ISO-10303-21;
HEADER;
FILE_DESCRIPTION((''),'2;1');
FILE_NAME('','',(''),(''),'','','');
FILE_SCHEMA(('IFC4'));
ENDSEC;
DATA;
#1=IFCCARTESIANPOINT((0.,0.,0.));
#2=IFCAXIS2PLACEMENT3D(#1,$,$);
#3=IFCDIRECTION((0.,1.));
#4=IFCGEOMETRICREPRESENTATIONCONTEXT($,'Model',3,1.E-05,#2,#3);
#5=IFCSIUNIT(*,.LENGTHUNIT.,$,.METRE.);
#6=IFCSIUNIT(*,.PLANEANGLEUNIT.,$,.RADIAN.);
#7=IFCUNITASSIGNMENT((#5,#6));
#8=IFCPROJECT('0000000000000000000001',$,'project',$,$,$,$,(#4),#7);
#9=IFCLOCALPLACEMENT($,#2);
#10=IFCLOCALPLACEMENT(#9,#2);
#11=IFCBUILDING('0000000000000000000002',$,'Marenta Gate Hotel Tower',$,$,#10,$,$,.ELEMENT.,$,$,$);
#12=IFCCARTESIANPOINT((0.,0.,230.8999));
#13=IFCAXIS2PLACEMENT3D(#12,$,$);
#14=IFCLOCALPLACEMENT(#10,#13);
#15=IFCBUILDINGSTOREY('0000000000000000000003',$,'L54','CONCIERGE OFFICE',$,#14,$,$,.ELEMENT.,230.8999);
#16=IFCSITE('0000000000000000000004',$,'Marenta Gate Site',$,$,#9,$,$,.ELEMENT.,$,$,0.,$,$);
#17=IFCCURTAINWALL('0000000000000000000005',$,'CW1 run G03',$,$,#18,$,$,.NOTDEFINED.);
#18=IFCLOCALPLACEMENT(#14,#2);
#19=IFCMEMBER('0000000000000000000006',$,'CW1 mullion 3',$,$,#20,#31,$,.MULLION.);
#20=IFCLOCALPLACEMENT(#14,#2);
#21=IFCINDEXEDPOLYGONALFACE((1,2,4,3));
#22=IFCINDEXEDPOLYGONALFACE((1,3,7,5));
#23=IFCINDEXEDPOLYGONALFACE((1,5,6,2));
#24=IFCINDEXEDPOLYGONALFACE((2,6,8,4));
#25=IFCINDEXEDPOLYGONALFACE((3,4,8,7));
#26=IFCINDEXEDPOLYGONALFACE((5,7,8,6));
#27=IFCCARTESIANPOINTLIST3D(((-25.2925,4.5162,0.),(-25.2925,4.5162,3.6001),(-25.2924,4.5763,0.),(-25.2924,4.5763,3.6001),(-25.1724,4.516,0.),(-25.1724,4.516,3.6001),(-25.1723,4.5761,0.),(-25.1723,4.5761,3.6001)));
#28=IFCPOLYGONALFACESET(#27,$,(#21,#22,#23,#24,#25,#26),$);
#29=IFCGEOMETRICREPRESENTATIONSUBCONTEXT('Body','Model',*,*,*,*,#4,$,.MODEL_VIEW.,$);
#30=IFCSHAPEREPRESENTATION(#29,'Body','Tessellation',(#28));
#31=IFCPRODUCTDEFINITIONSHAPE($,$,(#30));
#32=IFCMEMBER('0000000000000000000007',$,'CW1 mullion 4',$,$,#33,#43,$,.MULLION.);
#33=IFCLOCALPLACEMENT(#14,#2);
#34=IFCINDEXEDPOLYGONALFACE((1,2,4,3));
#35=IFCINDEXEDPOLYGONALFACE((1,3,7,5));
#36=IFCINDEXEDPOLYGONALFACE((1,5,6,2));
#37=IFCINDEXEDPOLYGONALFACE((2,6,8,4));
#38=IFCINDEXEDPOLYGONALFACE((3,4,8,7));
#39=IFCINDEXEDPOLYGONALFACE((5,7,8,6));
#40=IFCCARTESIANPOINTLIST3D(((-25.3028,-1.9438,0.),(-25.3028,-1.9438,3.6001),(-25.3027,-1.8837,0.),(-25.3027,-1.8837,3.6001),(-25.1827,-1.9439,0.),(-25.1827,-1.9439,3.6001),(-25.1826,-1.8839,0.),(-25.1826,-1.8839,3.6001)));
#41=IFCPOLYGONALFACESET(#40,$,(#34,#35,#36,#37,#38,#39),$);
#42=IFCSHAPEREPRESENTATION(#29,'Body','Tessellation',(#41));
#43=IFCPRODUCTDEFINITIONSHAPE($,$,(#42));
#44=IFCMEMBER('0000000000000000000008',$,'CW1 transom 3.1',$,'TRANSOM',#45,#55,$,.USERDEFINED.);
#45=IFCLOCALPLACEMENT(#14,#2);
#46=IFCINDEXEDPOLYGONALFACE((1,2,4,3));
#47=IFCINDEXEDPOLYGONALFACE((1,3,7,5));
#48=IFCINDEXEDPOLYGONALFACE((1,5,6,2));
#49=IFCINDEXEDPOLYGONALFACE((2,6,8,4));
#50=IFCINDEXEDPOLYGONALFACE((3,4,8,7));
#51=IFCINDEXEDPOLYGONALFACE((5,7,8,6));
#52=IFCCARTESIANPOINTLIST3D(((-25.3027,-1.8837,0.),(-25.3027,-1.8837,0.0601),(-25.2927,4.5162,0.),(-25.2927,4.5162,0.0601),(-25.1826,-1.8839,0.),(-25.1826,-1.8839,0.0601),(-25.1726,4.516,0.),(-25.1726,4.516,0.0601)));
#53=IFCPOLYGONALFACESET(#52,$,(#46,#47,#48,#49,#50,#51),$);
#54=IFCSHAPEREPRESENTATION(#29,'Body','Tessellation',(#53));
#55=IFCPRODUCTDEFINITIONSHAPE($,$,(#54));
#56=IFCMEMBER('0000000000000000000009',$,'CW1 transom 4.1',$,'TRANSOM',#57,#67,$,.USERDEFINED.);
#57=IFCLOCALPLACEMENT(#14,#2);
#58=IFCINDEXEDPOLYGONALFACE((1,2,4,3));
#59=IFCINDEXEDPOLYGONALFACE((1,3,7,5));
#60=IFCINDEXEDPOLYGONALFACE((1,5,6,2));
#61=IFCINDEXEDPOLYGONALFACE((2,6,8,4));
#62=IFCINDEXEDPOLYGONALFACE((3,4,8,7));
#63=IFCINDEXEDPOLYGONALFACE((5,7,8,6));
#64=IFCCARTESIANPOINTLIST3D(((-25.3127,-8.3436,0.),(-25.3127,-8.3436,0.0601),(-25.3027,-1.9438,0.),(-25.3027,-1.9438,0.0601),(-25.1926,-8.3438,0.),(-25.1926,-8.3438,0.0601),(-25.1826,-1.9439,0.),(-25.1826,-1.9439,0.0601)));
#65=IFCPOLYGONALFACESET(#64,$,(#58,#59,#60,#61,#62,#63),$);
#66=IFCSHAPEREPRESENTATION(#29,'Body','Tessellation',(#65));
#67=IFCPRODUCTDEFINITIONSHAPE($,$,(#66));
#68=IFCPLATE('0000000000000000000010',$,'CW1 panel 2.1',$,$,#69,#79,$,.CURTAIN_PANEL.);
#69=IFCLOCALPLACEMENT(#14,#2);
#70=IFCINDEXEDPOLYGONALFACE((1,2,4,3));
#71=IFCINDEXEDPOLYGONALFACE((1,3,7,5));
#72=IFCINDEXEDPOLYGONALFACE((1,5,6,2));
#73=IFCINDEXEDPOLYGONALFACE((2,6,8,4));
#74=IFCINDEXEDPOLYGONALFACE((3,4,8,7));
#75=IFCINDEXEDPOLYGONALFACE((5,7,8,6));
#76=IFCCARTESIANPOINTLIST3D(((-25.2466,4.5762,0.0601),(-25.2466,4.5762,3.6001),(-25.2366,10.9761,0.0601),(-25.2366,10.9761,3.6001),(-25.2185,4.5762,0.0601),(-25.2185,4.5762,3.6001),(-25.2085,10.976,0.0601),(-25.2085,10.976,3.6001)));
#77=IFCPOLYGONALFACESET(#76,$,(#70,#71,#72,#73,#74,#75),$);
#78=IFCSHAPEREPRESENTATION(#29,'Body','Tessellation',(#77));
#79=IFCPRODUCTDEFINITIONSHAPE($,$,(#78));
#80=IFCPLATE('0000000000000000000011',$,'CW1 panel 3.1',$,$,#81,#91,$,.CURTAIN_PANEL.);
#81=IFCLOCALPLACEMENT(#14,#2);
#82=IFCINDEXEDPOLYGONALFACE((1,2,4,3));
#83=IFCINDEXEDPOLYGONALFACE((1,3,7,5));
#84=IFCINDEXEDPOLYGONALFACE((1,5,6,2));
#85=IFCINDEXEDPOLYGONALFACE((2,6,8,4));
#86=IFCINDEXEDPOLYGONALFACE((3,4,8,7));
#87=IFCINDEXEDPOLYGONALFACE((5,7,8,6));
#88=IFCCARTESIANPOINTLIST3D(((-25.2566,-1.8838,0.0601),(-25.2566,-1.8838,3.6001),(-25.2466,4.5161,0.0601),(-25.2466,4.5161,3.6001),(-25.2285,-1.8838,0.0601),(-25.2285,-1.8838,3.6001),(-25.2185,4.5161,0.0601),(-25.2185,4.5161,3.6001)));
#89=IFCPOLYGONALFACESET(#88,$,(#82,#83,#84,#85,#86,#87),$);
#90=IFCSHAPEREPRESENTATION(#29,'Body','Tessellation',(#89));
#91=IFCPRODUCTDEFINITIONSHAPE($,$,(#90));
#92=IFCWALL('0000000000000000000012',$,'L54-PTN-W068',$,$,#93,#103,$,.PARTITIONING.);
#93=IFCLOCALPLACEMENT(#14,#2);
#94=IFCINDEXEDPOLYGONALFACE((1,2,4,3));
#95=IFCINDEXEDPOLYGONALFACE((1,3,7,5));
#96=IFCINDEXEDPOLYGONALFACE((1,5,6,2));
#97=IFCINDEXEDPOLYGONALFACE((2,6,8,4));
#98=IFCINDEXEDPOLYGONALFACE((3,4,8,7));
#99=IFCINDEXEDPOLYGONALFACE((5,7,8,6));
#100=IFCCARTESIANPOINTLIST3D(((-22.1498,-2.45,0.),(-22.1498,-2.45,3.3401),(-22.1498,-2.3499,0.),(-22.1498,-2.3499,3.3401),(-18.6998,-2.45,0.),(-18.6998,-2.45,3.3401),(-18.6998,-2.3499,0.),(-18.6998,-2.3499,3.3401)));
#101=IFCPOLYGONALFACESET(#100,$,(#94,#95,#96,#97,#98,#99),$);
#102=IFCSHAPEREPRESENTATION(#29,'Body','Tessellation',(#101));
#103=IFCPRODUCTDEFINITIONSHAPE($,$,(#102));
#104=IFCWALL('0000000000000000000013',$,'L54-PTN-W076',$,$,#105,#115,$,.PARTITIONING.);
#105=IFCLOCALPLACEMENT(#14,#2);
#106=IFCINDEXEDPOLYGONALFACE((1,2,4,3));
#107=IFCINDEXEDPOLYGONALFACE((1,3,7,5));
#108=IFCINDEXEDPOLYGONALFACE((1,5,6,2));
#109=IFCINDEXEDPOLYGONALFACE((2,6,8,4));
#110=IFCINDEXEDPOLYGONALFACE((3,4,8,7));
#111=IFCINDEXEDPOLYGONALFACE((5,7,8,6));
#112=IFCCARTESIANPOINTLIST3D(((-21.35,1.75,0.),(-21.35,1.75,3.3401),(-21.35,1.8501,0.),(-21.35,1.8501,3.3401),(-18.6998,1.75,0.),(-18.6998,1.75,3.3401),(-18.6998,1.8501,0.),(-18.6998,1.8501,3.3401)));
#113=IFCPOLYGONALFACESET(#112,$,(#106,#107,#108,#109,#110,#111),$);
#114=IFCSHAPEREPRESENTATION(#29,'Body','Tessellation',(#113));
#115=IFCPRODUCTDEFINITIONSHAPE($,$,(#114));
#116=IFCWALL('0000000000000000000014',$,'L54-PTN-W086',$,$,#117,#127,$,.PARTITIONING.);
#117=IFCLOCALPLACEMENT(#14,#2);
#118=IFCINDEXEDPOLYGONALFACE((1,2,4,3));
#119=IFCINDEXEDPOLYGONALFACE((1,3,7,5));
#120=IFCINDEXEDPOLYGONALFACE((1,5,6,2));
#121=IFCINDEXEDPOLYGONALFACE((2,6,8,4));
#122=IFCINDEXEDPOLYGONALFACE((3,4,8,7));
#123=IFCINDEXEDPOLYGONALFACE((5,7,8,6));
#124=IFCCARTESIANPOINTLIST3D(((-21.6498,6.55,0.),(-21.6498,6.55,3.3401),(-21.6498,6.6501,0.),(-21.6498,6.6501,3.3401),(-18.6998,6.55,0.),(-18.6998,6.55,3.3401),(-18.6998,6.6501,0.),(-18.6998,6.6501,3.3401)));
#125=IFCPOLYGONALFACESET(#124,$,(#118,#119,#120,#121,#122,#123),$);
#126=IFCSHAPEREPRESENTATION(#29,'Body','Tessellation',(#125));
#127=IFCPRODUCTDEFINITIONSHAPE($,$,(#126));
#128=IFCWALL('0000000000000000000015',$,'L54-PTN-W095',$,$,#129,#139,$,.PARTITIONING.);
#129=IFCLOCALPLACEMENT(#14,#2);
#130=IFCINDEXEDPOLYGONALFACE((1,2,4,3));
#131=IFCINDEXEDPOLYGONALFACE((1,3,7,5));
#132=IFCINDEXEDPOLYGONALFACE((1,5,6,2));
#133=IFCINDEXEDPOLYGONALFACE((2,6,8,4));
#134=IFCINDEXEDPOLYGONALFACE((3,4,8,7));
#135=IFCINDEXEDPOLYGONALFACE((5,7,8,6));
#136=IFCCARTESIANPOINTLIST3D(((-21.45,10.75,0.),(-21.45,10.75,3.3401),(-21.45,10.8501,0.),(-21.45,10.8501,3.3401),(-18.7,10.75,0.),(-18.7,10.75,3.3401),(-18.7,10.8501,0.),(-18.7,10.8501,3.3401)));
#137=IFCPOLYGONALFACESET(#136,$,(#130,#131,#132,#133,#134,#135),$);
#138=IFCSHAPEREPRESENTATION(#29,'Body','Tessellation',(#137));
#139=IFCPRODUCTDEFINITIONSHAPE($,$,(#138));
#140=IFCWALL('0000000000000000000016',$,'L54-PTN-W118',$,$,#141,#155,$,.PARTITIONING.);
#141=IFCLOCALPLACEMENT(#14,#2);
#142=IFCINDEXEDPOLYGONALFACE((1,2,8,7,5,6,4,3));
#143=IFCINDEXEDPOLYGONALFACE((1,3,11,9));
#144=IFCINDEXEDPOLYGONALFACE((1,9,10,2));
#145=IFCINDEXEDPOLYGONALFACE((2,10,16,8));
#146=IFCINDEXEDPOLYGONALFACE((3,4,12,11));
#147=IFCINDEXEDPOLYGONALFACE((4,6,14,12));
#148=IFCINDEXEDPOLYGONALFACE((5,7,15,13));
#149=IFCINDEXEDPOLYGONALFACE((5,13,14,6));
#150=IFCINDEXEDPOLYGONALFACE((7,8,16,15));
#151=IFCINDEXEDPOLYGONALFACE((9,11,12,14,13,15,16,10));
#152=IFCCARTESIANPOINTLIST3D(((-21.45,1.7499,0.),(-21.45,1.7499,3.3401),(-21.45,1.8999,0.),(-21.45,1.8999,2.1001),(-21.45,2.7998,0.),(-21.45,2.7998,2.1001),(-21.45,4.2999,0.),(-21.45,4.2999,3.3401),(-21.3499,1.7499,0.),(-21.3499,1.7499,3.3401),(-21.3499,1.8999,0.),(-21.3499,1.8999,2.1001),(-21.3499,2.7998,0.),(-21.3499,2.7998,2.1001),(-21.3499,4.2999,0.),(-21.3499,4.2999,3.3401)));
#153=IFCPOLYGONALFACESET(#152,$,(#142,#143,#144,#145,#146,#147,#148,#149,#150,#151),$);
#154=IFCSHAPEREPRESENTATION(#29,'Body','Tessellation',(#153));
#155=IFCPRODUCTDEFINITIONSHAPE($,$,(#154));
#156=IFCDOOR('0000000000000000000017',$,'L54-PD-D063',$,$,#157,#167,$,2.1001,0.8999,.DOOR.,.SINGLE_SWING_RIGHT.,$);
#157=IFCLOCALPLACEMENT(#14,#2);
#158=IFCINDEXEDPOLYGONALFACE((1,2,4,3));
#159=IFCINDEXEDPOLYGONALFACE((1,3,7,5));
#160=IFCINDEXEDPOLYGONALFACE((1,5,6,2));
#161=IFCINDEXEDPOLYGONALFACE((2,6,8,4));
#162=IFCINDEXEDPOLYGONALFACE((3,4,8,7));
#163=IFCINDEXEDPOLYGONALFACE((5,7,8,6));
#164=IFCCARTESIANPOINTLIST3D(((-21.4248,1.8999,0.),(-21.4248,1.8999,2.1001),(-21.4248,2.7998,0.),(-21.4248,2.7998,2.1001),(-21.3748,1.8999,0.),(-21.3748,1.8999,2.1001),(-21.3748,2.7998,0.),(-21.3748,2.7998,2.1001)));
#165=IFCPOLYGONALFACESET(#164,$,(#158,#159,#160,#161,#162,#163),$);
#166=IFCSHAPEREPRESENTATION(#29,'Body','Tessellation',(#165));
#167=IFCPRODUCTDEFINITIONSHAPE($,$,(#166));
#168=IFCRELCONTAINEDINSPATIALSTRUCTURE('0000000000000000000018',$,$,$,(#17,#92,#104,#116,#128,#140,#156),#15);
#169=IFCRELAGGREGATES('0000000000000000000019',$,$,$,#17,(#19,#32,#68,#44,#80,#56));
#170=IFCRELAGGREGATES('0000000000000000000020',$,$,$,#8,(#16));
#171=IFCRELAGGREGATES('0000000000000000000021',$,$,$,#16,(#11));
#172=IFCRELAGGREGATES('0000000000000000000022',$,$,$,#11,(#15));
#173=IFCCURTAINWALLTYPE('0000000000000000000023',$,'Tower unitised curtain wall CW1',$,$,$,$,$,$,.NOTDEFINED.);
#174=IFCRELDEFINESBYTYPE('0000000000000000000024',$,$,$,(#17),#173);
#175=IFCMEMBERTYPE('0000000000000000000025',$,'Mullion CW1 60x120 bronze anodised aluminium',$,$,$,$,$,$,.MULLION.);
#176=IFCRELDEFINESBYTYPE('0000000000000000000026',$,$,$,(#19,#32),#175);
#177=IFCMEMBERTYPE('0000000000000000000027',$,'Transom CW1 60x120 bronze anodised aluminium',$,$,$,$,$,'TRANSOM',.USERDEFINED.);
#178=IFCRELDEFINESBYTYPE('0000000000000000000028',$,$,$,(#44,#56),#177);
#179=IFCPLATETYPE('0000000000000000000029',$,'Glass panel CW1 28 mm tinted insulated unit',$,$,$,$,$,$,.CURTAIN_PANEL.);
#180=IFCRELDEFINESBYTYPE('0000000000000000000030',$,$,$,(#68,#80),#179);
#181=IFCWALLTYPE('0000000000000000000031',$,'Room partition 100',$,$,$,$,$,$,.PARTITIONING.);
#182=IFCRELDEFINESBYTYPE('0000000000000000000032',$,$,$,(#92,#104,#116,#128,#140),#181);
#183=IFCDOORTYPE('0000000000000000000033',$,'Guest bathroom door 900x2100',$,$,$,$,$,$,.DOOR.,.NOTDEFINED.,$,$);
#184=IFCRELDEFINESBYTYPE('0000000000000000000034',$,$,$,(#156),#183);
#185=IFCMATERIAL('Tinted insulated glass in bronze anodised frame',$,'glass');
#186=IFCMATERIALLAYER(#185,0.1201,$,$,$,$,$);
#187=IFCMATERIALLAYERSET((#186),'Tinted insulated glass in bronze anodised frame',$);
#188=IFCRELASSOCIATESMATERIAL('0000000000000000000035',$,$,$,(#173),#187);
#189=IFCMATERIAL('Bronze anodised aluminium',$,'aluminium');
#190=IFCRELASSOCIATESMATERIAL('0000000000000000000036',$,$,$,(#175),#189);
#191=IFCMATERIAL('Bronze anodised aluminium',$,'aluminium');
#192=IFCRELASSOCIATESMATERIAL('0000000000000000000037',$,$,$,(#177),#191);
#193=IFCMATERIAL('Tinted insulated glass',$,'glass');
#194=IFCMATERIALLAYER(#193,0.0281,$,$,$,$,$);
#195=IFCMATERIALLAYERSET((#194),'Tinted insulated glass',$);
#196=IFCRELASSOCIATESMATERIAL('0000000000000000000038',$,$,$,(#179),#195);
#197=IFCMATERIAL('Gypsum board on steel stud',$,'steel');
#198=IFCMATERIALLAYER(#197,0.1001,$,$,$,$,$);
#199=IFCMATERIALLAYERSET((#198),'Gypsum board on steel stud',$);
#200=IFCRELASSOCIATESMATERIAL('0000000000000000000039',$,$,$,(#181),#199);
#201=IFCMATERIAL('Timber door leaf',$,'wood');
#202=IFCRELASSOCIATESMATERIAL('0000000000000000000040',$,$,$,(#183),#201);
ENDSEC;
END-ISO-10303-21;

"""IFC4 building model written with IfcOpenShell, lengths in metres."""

from ifc_helpers import new_model, si_unit, direction, frame, frame_2d, origin, origin_2d, place, context, subcontext, project, spatial, rectangle, extrude, material, layer, layer_set, material_profile, profile_set, type_object, element, fill, aggregate, save


model = new_model("IFC4")

# Units and contexts
model_context = context("Model", 3, precision=1e-05, world=origin(), true_north=direction((0.0, 1.0)))
body_context = subcontext(model_context, "Body", "Model", "MODEL_VIEW")
ifc_project = project(units=[si_unit("LENGTHUNIT", "METRE"), si_unit("PLANEANGLEUNIT", "RADIAN")], contexts=[model_context])

# Site, building, storey
site_placement = place(None, origin())
site = spatial("IfcSite", under=ifc_project, at=site_placement, Name="Marenta Gate Site", CompositionType="ELEMENT", RefElevation=0.0)
building_placement = place(site_placement, origin())
building = spatial("IfcBuilding", under=site, at=building_placement, Name="Marenta Gate Hotel Tower", CompositionType="ELEMENT")
storey_placement = place(building_placement, frame((0.0, 0.0, 230.8999)))
storey = spatial("IfcBuildingStorey", under=building, at=storey_placement, Name="L54", Description="CONCIERGE OFFICE", CompositionType="ELEMENT", Elevation=230.8999)

# Curtain wall, members, plates
ifc_material_1 = material(Name="Tinted insulated glass in bronze anodised frame", Category="glass")
ifc_layer_1 = layer(ifc_material_1, 0.1201)
ifc_layer_set_1 = layer_set([ifc_layer_1], Name="Tinted insulated glass in bronze anodised frame")
curtain_wall_type = type_object("IfcCurtainWallType", Name="Tower unitised curtain wall CW1", PredefinedType="NOTDEFINED", material=ifc_layer_set_1)
curtain_wall_placement = place(storey_placement, origin())
curtain_wall = element("IfcCurtainWall", 1, at=curtain_wall_placement, inside=storey, type_object=curtain_wall_type, Name="CW1 run G03", PredefinedType="NOTDEFINED")
ifc_material_2 = material(Name="Bronze anodised aluminium", Category="aluminium")
ifc_material_profile_1 = material_profile(ifc_material_2, rectangle(XDim=0.1201, YDim=0.0601, at=origin_2d()), Name="Mullion CW1 60x120 bronze anodised aluminium")
ifc_profile_set_1 = profile_set([ifc_material_profile_1], Name="Bronze anodised aluminium")
member_type_1 = type_object("IfcMemberType", Name="Mullion CW1 60x120 bronze anodised aluminium", PredefinedType="MULLION", material=ifc_profile_set_1)
member_1_placement = place(storey_placement, frame((-25.2324, 4.5461, 0.0), z_axis=(0.0, 0.0, 1.0), x_axis=(0.999999, -0.001566, 0.0)))
member_1 = element("IfcMember", 2, at=member_1_placement, type_object=member_type_1, Name="CW1 mullion 3", PredefinedType="MULLION", context=body_context, shape_type="SweptSolid", body=[
    extrude(rectangle(XDim=0.1201, YDim=0.0601, at=origin_2d()), origin(), (0.0, 0.0, 1.0), 3.6001),
])
member_2_placement = place(storey_placement, frame((-25.2427, -1.9138, 0.0), z_axis=(0.0, 0.0, 1.0), x_axis=(0.999999, -0.001566, 0.0)))
member_2 = element("IfcMember", 3, at=member_2_placement, type_object=member_type_1, Name="CW1 mullion 4", PredefinedType="MULLION", context=body_context, shape_type="SweptSolid", body=[
    extrude(rectangle(XDim=0.1201, YDim=0.0601, at=origin_2d()), origin(), (0.0, 0.0, 1.0), 3.6001),
])
ifc_material_3 = material(Name="Bronze anodised aluminium", Category="aluminium")
ifc_material_profile_2 = material_profile(ifc_material_3, rectangle(XDim=0.1201, YDim=0.0601, at=origin_2d()), Name="Transom CW1 60x120 bronze anodised aluminium")
ifc_profile_set_2 = profile_set([ifc_material_profile_2], Name="Bronze anodised aluminium")
member_type_2 = type_object("IfcMemberType", Name="Transom CW1 60x120 bronze anodised aluminium", ElementType="TRANSOM", PredefinedType="USERDEFINED", material=ifc_profile_set_2)
member_3_placement = place(storey_placement, frame((-25.2327, 4.5161, 0.03), z_axis=(-0.001564, -0.999999, 0.0), x_axis=(0.999999, -0.001564, 0.0)))
member_3 = element("IfcMember", 4, at=member_3_placement, type_object=member_type_2, Name="CW1 transom 3.1", ObjectType="TRANSOM", PredefinedType="USERDEFINED", context=body_context, shape_type="SweptSolid", body=[
    extrude(rectangle(XDim=0.1201, YDim=0.0601, at=origin_2d()), origin(), (0.0, 0.0, 1.0), 6.3999),
])
member_4_placement = place(storey_placement, frame((-25.2427, -1.9438, 0.03), z_axis=(-0.001564, -0.999999, 0.0), x_axis=(0.999999, -0.001564, 0.0)))
member_4 = element("IfcMember", 5, at=member_4_placement, type_object=member_type_2, Name="CW1 transom 4.1", ObjectType="TRANSOM", PredefinedType="USERDEFINED", context=body_context, shape_type="SweptSolid", body=[
    extrude(rectangle(XDim=0.1201, YDim=0.0601, at=origin_2d()), origin(), (0.0, 0.0, 1.0), 6.3999),
])
ifc_material_4 = material(Name="Tinted insulated glass", Category="glass")
ifc_layer_2 = layer(ifc_material_4, 0.0281)
ifc_layer_set_2 = layer_set([ifc_layer_2], Name="Tinted insulated glass")
plate_type = type_object("IfcPlateType", Name="Glass panel CW1 28 mm tinted insulated unit", PredefinedType="CURTAIN_PANEL", material=ifc_layer_set_2)
plate_1_placement = place(storey_placement, frame((-25.2275, 7.7761, 0.0601), z_axis=(0.0, 0.0, 1.0), x_axis=(-0.001566, -0.999999, 0.0)))
plate_1 = element("IfcPlate", 6, at=plate_1_placement, type_object=plate_type, Name="CW1 panel 2.1", PredefinedType="CURTAIN_PANEL", context=body_context, shape_type="SweptSolid", body=[
    extrude(rectangle(XDim=6.3999, YDim=0.0281, at=origin_2d()), origin(), (0.0, 0.0, 1.0), 3.54),
])
plate_2_placement = place(storey_placement, frame((-25.2375, 1.3162, 0.0601), z_axis=(0.0, 0.0, 1.0), x_axis=(-0.001566, -0.999999, 0.0)))
plate_2 = element("IfcPlate", 7, at=plate_2_placement, type_object=plate_type, Name="CW1 panel 3.1", PredefinedType="CURTAIN_PANEL", context=body_context, shape_type="SweptSolid", body=[
    extrude(rectangle(XDim=6.3999, YDim=0.0281, at=origin_2d()), origin(), (0.0, 0.0, 1.0), 3.54),
])
aggregate(curtain_wall, [member_1, member_2, plate_1, member_3, plate_2, member_4])

# Walls
ifc_material_5 = material(Name="Gypsum board on steel stud", Category="steel")
ifc_layer_3 = layer(ifc_material_5, 0.1001)
ifc_layer_set_3 = layer_set([ifc_layer_3], Name="Gypsum board on steel stud")
wall_type_1 = type_object("IfcWallType", Name="Room partition 100", PredefinedType="PARTITIONING", material=ifc_layer_set_3)
wall_1_placement = place(storey_placement, frame((-22.1499, -2.3999, 0.0), z_axis=(0.0, 0.0, 1.0), x_axis=(1.0, 0.0, 0.0)))
element("IfcWall", 8, at=wall_1_placement, inside=storey, type_object=wall_type_1, Name="L54-PTN-W068", PredefinedType="PARTITIONING", context=body_context, shape_type="SweptSolid", body=[
    extrude(rectangle(XDim=3.45, YDim=0.1001, at=frame_2d((1.7251, 0.0))), origin(), (0.0, 0.0, 1.0), 3.3401),
])
wall_2_placement = place(storey_placement, frame((-21.3501, 1.8, 0.0), z_axis=(0.0, 0.0, 1.0), x_axis=(1.0, 0.0, 0.0)))
element("IfcWall", 9, at=wall_2_placement, inside=storey, type_object=wall_type_1, Name="L54-PTN-W076", PredefinedType="PARTITIONING", context=body_context, shape_type="SweptSolid", body=[
    extrude(rectangle(XDim=2.6501, YDim=0.1001, at=frame_2d((1.3252, 0.0))), origin(), (0.0, 0.0, 1.0), 3.3401),
])
wall_3_placement = place(storey_placement, frame((-21.6499, 6.6001, 0.0), z_axis=(0.0, 0.0, 1.0), x_axis=(1.0, 0.0, 0.0)))
element("IfcWall", 10, at=wall_3_placement, inside=storey, type_object=wall_type_1, Name="L54-PTN-W086", PredefinedType="PARTITIONING", context=body_context, shape_type="SweptSolid", body=[
    extrude(rectangle(XDim=2.95, YDim=0.1001, at=frame_2d((1.4751, 0.0))), origin(), (0.0, 0.0, 1.0), 3.3401),
])
wall_4_placement = place(storey_placement, frame((-21.45, 10.8, 0.0), z_axis=(0.0, 0.0, 1.0), x_axis=(1.0, 0.0, 0.0)))
element("IfcWall", 11, at=wall_4_placement, inside=storey, type_object=wall_type_1, Name="L54-PTN-W095", PredefinedType="PARTITIONING", context=body_context, shape_type="SweptSolid", body=[
    extrude(rectangle(XDim=2.75, YDim=0.1001, at=frame_2d((1.375, 0.0))), origin(), (0.0, 0.0, 1.0), 3.3401),
])

# Wall, opening, door
wall_5_placement = place(storey_placement, frame((-21.3999, 1.75, 0.0), z_axis=(0.0, 0.0, 1.0), x_axis=(0.0, 1.0, 0.0)))
wall_5 = element("IfcWall", 12, at=wall_5_placement, inside=storey, type_object=wall_type_1, Name="L54-PTN-W118", PredefinedType="PARTITIONING", context=body_context, shape_type="SweptSolid", body=[
    extrude(rectangle(XDim=2.55, YDim=0.1001, at=frame_2d((1.2749, 0.0))), origin(), (0.0, 0.0, 1.0), 3.3401),
])
opening_1_placement = place(wall_5_placement, frame((0.1499, 0.0, 0.0)))
opening_1 = element("IfcOpeningElement", 13, at=opening_1_placement, cuts=wall_5, PredefinedType="OPENING", context=body_context, shape_type="SweptSolid", body=[
    extrude(rectangle(XDim=0.8999, YDim=2.1001, at=frame_2d((0.45, 1.05))), frame((0.0, 0.05, 0.0), z_axis=(0.0, -1.0, 0.0), x_axis=(1.0, 0.0, 0.0)), (0.0, 0.0, 1.0), 0.1001),
])
ifc_material_6 = material(Name="Timber door leaf", Category="wood")
door_type_1 = type_object("IfcDoorType", Name="Guest bathroom door 900x2100", OperationType="NOTDEFINED", PredefinedType="DOOR", material=ifc_material_6)
door_1_placement = place(opening_1_placement, origin())
door_1 = element("IfcDoor", 14, at=door_1_placement, inside=storey, type_object=door_type_1, Name="L54-PD-D063", OperationType="SINGLE_SWING_RIGHT", OverallHeight=2.1001, OverallWidth=0.8999, PredefinedType="DOOR", context=body_context, shape_type="SweptSolid", body=[
    extrude(rectangle(XDim=0.8999, YDim=2.1001, at=frame_2d((0.45, 1.05))), frame((0.0, 0.0249, 0.0), z_axis=(0.0, -1.0, 0.0), x_axis=(1.0, 0.0, 0.0)), (0.0, 0.0, 1.0), 0.05),
])
fill(opening_1, door_1)

save(model, "model.ifc")
